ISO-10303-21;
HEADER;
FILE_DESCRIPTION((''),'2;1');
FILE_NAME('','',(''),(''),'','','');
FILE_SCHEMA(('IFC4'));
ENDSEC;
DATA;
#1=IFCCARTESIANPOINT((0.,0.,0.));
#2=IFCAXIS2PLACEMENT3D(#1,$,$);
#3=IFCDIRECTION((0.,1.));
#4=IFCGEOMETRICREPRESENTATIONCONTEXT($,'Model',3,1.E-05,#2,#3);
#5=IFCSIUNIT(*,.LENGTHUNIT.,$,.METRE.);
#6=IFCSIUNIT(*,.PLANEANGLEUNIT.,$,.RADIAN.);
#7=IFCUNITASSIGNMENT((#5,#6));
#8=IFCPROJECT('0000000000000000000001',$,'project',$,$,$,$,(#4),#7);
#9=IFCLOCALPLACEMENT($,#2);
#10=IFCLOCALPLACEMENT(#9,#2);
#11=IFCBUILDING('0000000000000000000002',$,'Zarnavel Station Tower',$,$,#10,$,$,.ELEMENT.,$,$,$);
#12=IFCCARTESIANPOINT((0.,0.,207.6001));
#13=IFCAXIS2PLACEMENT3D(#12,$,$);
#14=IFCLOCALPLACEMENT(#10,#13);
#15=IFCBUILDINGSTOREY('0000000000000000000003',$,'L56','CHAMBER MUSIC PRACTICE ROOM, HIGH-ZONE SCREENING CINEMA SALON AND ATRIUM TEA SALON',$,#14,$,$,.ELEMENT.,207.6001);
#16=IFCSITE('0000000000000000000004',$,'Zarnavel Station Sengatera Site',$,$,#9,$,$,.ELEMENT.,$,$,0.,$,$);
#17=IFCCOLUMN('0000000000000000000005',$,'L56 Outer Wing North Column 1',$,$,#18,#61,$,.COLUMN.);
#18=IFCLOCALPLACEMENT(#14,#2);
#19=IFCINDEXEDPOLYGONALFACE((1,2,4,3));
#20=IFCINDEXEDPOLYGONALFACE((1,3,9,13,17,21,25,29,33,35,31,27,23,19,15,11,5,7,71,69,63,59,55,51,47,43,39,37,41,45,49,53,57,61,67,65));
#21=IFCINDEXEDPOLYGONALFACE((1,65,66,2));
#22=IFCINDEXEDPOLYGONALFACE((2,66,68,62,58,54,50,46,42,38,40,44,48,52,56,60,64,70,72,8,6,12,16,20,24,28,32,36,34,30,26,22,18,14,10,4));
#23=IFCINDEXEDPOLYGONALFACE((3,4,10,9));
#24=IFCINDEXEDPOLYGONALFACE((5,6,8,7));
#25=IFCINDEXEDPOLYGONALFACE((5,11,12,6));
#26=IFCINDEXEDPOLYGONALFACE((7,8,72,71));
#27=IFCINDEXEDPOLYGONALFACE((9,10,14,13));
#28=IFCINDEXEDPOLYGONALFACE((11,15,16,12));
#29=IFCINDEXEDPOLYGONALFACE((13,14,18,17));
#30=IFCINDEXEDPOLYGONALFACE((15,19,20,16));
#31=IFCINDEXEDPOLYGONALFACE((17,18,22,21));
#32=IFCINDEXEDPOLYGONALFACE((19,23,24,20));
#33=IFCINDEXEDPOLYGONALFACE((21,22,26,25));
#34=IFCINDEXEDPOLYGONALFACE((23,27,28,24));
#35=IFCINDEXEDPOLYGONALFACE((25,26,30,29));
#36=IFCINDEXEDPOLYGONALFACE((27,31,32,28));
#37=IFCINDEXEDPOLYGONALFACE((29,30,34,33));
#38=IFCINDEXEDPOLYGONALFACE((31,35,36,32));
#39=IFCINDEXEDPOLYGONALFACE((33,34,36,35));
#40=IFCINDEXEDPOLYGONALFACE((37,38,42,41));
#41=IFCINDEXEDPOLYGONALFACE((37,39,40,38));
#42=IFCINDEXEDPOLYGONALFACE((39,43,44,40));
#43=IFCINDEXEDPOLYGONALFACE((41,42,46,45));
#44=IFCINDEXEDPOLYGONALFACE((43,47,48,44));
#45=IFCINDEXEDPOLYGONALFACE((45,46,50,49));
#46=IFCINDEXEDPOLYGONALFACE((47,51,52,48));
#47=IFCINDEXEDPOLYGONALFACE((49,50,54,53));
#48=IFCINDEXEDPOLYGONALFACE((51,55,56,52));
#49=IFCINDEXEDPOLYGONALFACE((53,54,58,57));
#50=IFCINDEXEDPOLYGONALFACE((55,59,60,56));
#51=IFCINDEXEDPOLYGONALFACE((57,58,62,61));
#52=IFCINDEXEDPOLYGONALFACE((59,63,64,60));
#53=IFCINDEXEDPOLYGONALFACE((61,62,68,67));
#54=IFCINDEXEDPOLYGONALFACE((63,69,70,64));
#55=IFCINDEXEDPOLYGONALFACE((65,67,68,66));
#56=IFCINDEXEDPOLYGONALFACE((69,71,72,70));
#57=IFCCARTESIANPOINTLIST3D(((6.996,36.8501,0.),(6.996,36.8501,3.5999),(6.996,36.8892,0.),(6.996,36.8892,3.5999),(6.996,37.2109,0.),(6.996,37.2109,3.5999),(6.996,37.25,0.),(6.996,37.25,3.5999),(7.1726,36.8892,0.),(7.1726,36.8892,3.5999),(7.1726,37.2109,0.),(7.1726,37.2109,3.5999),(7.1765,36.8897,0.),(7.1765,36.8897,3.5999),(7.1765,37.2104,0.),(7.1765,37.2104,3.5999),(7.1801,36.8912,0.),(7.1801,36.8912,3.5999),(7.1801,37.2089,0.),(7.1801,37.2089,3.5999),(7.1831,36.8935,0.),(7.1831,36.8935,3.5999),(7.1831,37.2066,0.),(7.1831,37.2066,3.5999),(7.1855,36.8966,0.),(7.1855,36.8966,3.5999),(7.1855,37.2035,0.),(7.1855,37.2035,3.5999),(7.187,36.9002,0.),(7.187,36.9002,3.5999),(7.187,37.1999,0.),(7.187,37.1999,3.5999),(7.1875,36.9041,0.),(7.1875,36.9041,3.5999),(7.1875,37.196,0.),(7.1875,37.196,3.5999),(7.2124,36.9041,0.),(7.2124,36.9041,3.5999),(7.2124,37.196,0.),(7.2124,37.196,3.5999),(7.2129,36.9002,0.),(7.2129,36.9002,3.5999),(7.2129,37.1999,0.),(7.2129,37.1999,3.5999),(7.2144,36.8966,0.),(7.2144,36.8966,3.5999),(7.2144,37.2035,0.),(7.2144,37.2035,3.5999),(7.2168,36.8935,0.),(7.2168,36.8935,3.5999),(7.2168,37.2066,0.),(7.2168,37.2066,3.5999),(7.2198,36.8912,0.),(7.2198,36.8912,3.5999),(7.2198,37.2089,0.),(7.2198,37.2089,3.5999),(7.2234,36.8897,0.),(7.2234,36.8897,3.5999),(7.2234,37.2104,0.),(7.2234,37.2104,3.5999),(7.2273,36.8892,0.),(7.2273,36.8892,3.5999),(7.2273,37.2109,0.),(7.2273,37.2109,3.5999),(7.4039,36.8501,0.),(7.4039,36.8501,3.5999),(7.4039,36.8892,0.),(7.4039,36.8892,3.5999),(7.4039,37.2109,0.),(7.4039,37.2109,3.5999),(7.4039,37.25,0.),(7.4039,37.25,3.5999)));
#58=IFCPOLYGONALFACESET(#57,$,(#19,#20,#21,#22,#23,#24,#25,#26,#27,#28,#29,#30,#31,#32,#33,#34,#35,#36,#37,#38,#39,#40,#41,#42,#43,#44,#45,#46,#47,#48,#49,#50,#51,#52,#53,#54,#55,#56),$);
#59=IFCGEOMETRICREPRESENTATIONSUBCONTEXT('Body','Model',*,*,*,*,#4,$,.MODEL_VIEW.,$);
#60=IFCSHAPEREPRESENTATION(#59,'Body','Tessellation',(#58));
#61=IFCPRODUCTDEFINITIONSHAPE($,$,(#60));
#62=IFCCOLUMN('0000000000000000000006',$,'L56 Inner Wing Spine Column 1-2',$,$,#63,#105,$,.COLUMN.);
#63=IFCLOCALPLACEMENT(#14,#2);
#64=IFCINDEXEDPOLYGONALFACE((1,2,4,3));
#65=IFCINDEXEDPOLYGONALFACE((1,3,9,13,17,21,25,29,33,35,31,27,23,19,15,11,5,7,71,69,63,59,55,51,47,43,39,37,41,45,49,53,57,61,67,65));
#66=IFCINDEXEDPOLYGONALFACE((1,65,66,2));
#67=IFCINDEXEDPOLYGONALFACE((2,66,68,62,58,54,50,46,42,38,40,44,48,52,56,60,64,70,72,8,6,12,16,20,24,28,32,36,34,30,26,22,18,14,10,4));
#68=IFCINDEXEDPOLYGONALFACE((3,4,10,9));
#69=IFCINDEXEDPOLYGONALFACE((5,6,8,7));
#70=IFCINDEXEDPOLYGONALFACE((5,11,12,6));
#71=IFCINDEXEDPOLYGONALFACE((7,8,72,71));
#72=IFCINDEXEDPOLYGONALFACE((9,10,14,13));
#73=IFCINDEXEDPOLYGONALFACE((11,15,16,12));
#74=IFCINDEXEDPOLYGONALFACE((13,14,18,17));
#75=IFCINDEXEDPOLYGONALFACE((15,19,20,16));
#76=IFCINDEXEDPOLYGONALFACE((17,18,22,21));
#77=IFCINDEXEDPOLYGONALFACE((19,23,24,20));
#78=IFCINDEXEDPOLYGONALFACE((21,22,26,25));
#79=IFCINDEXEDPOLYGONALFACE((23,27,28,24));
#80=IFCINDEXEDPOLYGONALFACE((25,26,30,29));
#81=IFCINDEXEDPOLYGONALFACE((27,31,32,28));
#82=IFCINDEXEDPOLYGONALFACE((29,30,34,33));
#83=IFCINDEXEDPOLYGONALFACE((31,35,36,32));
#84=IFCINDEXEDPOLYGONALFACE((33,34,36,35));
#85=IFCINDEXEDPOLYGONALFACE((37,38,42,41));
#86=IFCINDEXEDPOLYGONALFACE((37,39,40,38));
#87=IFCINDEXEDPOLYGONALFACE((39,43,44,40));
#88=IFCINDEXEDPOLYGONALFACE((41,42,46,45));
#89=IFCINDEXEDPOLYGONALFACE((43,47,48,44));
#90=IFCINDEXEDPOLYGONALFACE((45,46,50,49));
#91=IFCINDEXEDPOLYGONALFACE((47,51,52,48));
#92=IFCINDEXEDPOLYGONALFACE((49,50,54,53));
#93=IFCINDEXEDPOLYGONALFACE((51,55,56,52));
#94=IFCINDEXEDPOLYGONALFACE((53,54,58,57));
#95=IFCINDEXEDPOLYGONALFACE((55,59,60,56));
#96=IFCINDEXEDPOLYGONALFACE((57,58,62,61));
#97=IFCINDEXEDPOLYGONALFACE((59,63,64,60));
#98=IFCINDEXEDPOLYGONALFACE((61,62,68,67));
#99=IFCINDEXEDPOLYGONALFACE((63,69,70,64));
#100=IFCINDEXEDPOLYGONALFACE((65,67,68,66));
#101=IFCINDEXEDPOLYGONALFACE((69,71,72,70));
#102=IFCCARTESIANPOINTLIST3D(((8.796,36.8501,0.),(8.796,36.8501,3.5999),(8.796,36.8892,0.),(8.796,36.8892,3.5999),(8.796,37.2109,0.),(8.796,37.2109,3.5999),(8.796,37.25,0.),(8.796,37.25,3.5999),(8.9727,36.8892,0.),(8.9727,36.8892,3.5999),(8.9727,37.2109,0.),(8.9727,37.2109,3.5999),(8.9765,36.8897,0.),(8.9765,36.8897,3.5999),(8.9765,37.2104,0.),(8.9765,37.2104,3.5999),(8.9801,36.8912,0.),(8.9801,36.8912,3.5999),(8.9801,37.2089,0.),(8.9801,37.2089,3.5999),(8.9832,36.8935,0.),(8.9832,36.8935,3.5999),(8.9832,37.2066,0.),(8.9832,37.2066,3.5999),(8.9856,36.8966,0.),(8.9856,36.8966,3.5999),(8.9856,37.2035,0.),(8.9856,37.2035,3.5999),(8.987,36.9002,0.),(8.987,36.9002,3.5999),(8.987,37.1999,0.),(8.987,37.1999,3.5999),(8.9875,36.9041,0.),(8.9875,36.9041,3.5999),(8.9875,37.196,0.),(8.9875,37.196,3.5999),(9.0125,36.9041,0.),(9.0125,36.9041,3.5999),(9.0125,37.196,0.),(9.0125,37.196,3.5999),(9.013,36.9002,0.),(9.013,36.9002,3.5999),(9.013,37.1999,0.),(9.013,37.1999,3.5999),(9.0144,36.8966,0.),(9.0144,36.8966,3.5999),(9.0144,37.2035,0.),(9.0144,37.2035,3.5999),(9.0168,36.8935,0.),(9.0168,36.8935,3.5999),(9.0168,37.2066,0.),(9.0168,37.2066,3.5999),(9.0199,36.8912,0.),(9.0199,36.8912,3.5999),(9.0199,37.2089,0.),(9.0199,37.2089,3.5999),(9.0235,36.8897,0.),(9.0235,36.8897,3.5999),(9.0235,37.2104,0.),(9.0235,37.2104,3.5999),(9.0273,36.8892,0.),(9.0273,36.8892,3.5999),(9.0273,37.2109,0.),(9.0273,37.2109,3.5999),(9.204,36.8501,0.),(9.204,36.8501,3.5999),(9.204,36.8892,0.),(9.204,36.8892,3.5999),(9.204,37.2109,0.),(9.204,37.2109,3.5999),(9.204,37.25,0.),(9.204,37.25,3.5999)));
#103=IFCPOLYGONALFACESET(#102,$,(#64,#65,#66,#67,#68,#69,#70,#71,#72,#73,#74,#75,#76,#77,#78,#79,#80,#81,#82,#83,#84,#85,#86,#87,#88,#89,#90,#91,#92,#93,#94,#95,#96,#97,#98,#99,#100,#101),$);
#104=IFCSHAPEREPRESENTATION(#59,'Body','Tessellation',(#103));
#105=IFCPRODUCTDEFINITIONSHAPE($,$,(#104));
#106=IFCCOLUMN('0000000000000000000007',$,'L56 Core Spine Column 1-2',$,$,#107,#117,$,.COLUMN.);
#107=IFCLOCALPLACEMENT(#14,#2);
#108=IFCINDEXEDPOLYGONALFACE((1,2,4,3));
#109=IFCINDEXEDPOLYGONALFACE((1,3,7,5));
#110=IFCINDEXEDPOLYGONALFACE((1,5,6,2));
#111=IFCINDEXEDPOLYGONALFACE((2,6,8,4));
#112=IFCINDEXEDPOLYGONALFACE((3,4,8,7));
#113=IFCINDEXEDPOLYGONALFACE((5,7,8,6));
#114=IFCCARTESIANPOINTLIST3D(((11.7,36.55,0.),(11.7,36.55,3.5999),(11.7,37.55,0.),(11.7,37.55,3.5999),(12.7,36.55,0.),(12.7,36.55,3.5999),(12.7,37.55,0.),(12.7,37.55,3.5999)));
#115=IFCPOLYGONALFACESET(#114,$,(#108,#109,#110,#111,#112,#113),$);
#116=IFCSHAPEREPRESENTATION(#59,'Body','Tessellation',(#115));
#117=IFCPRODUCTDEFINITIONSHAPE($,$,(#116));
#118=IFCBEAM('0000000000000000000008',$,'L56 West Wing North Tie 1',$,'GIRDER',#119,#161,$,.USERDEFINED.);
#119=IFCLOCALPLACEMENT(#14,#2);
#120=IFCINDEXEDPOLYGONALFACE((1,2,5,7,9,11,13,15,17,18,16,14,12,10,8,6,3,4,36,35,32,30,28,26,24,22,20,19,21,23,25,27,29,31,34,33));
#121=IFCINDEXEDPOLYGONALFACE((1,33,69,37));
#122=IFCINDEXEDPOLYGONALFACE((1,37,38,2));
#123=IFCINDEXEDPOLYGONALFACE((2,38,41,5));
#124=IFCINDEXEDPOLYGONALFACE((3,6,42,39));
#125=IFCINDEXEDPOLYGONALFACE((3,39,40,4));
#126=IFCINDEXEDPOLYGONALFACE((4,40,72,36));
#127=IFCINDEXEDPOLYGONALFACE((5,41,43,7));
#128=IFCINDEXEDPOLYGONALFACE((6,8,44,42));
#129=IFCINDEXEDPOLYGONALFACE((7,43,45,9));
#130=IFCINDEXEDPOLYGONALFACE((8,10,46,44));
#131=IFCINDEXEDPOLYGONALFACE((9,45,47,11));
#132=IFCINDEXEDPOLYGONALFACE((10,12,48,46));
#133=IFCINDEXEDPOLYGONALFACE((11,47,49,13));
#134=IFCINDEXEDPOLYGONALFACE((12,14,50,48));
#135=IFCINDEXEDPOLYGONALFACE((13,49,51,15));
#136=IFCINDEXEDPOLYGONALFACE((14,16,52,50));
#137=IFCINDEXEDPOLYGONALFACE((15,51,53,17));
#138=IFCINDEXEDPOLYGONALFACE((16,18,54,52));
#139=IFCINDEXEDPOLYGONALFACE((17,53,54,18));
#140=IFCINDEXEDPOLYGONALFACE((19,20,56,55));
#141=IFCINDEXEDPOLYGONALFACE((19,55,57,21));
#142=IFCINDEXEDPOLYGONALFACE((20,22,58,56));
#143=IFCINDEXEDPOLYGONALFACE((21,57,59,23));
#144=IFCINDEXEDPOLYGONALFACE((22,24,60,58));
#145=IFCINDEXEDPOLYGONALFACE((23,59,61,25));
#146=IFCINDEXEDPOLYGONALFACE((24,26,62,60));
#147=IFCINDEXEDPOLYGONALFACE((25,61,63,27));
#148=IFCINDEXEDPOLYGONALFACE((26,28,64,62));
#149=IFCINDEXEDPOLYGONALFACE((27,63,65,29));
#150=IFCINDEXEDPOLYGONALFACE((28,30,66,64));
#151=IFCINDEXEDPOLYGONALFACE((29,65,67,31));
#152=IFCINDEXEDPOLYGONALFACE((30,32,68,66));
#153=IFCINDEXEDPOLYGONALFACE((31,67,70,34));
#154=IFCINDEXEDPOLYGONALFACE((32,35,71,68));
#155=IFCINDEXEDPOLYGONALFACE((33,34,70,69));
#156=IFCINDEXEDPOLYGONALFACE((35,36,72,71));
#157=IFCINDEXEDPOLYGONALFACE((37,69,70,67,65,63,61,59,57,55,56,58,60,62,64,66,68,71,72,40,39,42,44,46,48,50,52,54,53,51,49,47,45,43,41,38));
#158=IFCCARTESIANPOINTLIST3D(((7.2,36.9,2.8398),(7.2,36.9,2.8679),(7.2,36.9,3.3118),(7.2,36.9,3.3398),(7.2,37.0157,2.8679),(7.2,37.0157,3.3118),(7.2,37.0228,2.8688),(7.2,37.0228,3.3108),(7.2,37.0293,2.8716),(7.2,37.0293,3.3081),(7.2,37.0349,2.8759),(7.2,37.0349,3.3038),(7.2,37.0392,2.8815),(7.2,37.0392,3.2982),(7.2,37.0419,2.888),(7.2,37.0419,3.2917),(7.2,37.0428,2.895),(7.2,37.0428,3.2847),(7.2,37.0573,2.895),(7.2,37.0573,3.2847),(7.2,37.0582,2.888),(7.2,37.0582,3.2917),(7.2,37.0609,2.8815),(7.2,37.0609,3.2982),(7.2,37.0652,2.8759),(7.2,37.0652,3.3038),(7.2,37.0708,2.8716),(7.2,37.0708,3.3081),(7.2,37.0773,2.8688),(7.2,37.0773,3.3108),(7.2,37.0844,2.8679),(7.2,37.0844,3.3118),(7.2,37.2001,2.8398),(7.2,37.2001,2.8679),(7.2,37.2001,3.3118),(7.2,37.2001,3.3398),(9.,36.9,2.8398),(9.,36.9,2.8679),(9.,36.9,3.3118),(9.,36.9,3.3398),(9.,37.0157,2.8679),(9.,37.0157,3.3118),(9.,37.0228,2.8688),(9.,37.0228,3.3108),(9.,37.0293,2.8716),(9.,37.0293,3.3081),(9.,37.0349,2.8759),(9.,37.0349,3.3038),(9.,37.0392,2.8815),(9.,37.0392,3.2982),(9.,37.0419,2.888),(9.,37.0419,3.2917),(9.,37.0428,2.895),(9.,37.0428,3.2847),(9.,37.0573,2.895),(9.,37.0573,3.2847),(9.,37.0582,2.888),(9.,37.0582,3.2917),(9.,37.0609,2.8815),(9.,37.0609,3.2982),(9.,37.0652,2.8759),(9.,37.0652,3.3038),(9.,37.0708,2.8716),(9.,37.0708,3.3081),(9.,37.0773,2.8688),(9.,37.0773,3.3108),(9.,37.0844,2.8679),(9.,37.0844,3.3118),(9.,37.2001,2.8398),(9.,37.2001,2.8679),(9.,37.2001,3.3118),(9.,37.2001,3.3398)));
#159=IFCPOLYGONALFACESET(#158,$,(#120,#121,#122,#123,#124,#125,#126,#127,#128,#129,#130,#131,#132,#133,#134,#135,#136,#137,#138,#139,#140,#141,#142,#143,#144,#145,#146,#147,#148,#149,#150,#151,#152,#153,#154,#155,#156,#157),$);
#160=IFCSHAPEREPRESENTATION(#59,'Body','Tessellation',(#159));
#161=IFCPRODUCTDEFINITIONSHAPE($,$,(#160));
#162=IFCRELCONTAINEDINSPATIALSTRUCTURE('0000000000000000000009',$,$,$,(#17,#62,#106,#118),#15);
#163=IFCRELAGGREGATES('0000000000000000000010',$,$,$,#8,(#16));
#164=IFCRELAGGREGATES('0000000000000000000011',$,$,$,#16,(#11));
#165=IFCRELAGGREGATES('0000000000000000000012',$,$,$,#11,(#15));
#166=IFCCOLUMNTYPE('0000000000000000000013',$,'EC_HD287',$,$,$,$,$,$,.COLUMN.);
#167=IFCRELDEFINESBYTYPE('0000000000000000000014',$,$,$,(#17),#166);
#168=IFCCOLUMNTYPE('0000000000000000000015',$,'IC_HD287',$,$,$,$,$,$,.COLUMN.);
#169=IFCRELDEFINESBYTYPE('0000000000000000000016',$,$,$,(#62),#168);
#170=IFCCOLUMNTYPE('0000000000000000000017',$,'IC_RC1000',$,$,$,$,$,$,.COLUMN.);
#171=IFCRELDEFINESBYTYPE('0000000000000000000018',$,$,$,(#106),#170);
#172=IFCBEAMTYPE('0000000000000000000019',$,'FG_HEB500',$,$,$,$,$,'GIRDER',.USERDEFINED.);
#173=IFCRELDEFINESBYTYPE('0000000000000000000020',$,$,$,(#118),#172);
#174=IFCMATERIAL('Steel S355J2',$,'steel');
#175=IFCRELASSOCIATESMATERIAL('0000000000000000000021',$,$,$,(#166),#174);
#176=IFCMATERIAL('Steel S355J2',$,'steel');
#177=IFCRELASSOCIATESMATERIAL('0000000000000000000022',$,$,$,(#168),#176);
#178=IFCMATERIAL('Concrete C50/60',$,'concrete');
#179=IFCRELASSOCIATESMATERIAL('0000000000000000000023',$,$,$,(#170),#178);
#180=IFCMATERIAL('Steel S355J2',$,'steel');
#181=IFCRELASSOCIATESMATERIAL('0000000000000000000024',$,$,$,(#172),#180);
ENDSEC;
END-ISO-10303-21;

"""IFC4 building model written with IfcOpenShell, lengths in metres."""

from ifc_helpers import new_model, si_unit, direction, frame, origin, origin_2d, place, context, subcontext, project, spatial, rectangle, i_section, extrude, material, material_profile, profile_set, type_object, element, save


model = new_model("IFC4")

# Units and contexts
model_context = context("Model", 3, precision=1e-05, world=origin(), true_north=direction((0.0, 1.0)))
body_context = subcontext(model_context, "Body", "Model", "MODEL_VIEW")
ifc_project = project(units=[si_unit("LENGTHUNIT", "METRE"), si_unit("PLANEANGLEUNIT", "RADIAN")], contexts=[model_context])

# Site, building, storey
site_placement = place(None, origin())
site = spatial("IfcSite", under=ifc_project, at=site_placement, Name="Zarnavel Station Sengatera Site", CompositionType="ELEMENT", RefElevation=0.0)
building_placement = place(site_placement, origin())
building = spatial("IfcBuilding", under=site, at=building_placement, Name="Zarnavel Station Tower", CompositionType="ELEMENT")
storey_placement = place(building_placement, frame((0.0, 0.0, 207.6001)))
storey = spatial("IfcBuildingStorey", under=building, at=storey_placement, Name="L56", Description="CHAMBER MUSIC PRACTICE ROOM, HIGH-ZONE SCREENING CINEMA SALON AND ATRIUM TEA SALON", CompositionType="ELEMENT", Elevation=207.6001)

# Columns
ifc_material_1 = material(Name="Steel S355J2", Category="steel")
ifc_material_profile_1 = material_profile(ifc_material_1, i_section(OverallWidth=0.408, OverallDepth=0.3999, WebThickness=0.0249, FlangeThickness=0.0391, FilletRadius=0.0149, at=origin_2d()), Name="HD400x287")
ifc_profile_set_1 = profile_set([ifc_material_profile_1], Name="Steel S355J2")
column_type_1 = type_object("IfcColumnType", Name="EC_HD287", PredefinedType="COLUMN", material=ifc_profile_set_1)
column_1_placement = place(storey_placement, frame((7.2, 37.05, 0.0), z_axis=(0.0, 0.0, 1.0), x_axis=(1.0, 0.0, 0.0)))
element("IfcColumn", 1, at=column_1_placement, inside=storey, type_object=column_type_1, Name="L56 Outer Wing North Column 1", PredefinedType="COLUMN", context=body_context, shape_type="SweptSolid", body=[
    extrude(i_section(OverallWidth=0.408, OverallDepth=0.3999, WebThickness=0.0249, FlangeThickness=0.0391, FilletRadius=0.0149, at=origin_2d()), origin(), (0.0, 0.0, 1.0), 3.5999),
])
ifc_material_2 = material(Name="Steel S355J2", Category="steel")
ifc_material_profile_2 = material_profile(ifc_material_2, i_section(OverallWidth=0.408, OverallDepth=0.3999, WebThickness=0.0249, FlangeThickness=0.0391, FilletRadius=0.0149, at=origin_2d()), Name="HD400x287")
ifc_profile_set_2 = profile_set([ifc_material_profile_2], Name="Steel S355J2")
column_type_2 = type_object("IfcColumnType", Name="IC_HD287", PredefinedType="COLUMN", material=ifc_profile_set_2)
column_2_placement = place(storey_placement, frame((9.0, 37.05, 0.0), z_axis=(0.0, 0.0, 1.0), x_axis=(1.0, 0.0, 0.0)))
element("IfcColumn", 2, at=column_2_placement, inside=storey, type_object=column_type_2, Name="L56 Inner Wing Spine Column 1-2", PredefinedType="COLUMN", context=body_context, shape_type="SweptSolid", body=[
    extrude(i_section(OverallWidth=0.408, OverallDepth=0.3999, WebThickness=0.0249, FlangeThickness=0.0391, FilletRadius=0.0149, at=origin_2d()), origin(), (0.0, 0.0, 1.0), 3.5999),
])
ifc_material_3 = material(Name="Concrete C50/60", Category="concrete")
ifc_material_profile_3 = material_profile(ifc_material_3, rectangle(XDim=1.0, YDim=1.0, at=origin_2d()), Name="RC1000x1000")
ifc_profile_set_3 = profile_set([ifc_material_profile_3], Name="Concrete C50/60")
column_type_3 = type_object("IfcColumnType", Name="IC_RC1000", PredefinedType="COLUMN", material=ifc_profile_set_3)
column_3_placement = place(storey_placement, frame((12.2, 37.05, 0.0), z_axis=(0.0, 0.0, 1.0), x_axis=(1.0, 0.0, 0.0)))
element("IfcColumn", 3, at=column_3_placement, inside=storey, type_object=column_type_3, Name="L56 Core Spine Column 1-2", PredefinedType="COLUMN", context=body_context, shape_type="SweptSolid", body=[
    extrude(rectangle(XDim=1.0, YDim=1.0, at=origin_2d()), origin(), (0.0, 0.0, 1.0), 3.5999),
])

# Beam
ifc_material_4 = material(Name="Steel S355J2", Category="steel")
ifc_material_profile_4 = material_profile(ifc_material_4, i_section(OverallWidth=0.3, OverallDepth=0.5, WebThickness=0.0144, FlangeThickness=0.0281, FilletRadius=0.0271, at=origin_2d()), Name="HEB500")
ifc_profile_set_4 = profile_set([ifc_material_profile_4], Name="Steel S355J2")
beam_type = type_object("IfcBeamType", Name="FG_HEB500", ElementType="GIRDER", PredefinedType="USERDEFINED", material=ifc_profile_set_4)
beam_1_placement = place(storey_placement, frame((7.2, 37.05, 3.0898), z_axis=(1.0, 0.0, 0.0), x_axis=(0.0, 1.0, 0.0)))
element("IfcBeam", 4, at=beam_1_placement, inside=storey, type_object=beam_type, Name="L56 West Wing North Tie 1", ObjectType="GIRDER", PredefinedType="USERDEFINED", context=body_context, shape_type="SweptSolid", body=[
    extrude(i_section(OverallWidth=0.3, OverallDepth=0.5, WebThickness=0.0144, FlangeThickness=0.0281, FilletRadius=0.0271, at=origin_2d()), origin(), (0.0, 0.0, 1.0), 1.8),
])

save(model, "model.ifc")
